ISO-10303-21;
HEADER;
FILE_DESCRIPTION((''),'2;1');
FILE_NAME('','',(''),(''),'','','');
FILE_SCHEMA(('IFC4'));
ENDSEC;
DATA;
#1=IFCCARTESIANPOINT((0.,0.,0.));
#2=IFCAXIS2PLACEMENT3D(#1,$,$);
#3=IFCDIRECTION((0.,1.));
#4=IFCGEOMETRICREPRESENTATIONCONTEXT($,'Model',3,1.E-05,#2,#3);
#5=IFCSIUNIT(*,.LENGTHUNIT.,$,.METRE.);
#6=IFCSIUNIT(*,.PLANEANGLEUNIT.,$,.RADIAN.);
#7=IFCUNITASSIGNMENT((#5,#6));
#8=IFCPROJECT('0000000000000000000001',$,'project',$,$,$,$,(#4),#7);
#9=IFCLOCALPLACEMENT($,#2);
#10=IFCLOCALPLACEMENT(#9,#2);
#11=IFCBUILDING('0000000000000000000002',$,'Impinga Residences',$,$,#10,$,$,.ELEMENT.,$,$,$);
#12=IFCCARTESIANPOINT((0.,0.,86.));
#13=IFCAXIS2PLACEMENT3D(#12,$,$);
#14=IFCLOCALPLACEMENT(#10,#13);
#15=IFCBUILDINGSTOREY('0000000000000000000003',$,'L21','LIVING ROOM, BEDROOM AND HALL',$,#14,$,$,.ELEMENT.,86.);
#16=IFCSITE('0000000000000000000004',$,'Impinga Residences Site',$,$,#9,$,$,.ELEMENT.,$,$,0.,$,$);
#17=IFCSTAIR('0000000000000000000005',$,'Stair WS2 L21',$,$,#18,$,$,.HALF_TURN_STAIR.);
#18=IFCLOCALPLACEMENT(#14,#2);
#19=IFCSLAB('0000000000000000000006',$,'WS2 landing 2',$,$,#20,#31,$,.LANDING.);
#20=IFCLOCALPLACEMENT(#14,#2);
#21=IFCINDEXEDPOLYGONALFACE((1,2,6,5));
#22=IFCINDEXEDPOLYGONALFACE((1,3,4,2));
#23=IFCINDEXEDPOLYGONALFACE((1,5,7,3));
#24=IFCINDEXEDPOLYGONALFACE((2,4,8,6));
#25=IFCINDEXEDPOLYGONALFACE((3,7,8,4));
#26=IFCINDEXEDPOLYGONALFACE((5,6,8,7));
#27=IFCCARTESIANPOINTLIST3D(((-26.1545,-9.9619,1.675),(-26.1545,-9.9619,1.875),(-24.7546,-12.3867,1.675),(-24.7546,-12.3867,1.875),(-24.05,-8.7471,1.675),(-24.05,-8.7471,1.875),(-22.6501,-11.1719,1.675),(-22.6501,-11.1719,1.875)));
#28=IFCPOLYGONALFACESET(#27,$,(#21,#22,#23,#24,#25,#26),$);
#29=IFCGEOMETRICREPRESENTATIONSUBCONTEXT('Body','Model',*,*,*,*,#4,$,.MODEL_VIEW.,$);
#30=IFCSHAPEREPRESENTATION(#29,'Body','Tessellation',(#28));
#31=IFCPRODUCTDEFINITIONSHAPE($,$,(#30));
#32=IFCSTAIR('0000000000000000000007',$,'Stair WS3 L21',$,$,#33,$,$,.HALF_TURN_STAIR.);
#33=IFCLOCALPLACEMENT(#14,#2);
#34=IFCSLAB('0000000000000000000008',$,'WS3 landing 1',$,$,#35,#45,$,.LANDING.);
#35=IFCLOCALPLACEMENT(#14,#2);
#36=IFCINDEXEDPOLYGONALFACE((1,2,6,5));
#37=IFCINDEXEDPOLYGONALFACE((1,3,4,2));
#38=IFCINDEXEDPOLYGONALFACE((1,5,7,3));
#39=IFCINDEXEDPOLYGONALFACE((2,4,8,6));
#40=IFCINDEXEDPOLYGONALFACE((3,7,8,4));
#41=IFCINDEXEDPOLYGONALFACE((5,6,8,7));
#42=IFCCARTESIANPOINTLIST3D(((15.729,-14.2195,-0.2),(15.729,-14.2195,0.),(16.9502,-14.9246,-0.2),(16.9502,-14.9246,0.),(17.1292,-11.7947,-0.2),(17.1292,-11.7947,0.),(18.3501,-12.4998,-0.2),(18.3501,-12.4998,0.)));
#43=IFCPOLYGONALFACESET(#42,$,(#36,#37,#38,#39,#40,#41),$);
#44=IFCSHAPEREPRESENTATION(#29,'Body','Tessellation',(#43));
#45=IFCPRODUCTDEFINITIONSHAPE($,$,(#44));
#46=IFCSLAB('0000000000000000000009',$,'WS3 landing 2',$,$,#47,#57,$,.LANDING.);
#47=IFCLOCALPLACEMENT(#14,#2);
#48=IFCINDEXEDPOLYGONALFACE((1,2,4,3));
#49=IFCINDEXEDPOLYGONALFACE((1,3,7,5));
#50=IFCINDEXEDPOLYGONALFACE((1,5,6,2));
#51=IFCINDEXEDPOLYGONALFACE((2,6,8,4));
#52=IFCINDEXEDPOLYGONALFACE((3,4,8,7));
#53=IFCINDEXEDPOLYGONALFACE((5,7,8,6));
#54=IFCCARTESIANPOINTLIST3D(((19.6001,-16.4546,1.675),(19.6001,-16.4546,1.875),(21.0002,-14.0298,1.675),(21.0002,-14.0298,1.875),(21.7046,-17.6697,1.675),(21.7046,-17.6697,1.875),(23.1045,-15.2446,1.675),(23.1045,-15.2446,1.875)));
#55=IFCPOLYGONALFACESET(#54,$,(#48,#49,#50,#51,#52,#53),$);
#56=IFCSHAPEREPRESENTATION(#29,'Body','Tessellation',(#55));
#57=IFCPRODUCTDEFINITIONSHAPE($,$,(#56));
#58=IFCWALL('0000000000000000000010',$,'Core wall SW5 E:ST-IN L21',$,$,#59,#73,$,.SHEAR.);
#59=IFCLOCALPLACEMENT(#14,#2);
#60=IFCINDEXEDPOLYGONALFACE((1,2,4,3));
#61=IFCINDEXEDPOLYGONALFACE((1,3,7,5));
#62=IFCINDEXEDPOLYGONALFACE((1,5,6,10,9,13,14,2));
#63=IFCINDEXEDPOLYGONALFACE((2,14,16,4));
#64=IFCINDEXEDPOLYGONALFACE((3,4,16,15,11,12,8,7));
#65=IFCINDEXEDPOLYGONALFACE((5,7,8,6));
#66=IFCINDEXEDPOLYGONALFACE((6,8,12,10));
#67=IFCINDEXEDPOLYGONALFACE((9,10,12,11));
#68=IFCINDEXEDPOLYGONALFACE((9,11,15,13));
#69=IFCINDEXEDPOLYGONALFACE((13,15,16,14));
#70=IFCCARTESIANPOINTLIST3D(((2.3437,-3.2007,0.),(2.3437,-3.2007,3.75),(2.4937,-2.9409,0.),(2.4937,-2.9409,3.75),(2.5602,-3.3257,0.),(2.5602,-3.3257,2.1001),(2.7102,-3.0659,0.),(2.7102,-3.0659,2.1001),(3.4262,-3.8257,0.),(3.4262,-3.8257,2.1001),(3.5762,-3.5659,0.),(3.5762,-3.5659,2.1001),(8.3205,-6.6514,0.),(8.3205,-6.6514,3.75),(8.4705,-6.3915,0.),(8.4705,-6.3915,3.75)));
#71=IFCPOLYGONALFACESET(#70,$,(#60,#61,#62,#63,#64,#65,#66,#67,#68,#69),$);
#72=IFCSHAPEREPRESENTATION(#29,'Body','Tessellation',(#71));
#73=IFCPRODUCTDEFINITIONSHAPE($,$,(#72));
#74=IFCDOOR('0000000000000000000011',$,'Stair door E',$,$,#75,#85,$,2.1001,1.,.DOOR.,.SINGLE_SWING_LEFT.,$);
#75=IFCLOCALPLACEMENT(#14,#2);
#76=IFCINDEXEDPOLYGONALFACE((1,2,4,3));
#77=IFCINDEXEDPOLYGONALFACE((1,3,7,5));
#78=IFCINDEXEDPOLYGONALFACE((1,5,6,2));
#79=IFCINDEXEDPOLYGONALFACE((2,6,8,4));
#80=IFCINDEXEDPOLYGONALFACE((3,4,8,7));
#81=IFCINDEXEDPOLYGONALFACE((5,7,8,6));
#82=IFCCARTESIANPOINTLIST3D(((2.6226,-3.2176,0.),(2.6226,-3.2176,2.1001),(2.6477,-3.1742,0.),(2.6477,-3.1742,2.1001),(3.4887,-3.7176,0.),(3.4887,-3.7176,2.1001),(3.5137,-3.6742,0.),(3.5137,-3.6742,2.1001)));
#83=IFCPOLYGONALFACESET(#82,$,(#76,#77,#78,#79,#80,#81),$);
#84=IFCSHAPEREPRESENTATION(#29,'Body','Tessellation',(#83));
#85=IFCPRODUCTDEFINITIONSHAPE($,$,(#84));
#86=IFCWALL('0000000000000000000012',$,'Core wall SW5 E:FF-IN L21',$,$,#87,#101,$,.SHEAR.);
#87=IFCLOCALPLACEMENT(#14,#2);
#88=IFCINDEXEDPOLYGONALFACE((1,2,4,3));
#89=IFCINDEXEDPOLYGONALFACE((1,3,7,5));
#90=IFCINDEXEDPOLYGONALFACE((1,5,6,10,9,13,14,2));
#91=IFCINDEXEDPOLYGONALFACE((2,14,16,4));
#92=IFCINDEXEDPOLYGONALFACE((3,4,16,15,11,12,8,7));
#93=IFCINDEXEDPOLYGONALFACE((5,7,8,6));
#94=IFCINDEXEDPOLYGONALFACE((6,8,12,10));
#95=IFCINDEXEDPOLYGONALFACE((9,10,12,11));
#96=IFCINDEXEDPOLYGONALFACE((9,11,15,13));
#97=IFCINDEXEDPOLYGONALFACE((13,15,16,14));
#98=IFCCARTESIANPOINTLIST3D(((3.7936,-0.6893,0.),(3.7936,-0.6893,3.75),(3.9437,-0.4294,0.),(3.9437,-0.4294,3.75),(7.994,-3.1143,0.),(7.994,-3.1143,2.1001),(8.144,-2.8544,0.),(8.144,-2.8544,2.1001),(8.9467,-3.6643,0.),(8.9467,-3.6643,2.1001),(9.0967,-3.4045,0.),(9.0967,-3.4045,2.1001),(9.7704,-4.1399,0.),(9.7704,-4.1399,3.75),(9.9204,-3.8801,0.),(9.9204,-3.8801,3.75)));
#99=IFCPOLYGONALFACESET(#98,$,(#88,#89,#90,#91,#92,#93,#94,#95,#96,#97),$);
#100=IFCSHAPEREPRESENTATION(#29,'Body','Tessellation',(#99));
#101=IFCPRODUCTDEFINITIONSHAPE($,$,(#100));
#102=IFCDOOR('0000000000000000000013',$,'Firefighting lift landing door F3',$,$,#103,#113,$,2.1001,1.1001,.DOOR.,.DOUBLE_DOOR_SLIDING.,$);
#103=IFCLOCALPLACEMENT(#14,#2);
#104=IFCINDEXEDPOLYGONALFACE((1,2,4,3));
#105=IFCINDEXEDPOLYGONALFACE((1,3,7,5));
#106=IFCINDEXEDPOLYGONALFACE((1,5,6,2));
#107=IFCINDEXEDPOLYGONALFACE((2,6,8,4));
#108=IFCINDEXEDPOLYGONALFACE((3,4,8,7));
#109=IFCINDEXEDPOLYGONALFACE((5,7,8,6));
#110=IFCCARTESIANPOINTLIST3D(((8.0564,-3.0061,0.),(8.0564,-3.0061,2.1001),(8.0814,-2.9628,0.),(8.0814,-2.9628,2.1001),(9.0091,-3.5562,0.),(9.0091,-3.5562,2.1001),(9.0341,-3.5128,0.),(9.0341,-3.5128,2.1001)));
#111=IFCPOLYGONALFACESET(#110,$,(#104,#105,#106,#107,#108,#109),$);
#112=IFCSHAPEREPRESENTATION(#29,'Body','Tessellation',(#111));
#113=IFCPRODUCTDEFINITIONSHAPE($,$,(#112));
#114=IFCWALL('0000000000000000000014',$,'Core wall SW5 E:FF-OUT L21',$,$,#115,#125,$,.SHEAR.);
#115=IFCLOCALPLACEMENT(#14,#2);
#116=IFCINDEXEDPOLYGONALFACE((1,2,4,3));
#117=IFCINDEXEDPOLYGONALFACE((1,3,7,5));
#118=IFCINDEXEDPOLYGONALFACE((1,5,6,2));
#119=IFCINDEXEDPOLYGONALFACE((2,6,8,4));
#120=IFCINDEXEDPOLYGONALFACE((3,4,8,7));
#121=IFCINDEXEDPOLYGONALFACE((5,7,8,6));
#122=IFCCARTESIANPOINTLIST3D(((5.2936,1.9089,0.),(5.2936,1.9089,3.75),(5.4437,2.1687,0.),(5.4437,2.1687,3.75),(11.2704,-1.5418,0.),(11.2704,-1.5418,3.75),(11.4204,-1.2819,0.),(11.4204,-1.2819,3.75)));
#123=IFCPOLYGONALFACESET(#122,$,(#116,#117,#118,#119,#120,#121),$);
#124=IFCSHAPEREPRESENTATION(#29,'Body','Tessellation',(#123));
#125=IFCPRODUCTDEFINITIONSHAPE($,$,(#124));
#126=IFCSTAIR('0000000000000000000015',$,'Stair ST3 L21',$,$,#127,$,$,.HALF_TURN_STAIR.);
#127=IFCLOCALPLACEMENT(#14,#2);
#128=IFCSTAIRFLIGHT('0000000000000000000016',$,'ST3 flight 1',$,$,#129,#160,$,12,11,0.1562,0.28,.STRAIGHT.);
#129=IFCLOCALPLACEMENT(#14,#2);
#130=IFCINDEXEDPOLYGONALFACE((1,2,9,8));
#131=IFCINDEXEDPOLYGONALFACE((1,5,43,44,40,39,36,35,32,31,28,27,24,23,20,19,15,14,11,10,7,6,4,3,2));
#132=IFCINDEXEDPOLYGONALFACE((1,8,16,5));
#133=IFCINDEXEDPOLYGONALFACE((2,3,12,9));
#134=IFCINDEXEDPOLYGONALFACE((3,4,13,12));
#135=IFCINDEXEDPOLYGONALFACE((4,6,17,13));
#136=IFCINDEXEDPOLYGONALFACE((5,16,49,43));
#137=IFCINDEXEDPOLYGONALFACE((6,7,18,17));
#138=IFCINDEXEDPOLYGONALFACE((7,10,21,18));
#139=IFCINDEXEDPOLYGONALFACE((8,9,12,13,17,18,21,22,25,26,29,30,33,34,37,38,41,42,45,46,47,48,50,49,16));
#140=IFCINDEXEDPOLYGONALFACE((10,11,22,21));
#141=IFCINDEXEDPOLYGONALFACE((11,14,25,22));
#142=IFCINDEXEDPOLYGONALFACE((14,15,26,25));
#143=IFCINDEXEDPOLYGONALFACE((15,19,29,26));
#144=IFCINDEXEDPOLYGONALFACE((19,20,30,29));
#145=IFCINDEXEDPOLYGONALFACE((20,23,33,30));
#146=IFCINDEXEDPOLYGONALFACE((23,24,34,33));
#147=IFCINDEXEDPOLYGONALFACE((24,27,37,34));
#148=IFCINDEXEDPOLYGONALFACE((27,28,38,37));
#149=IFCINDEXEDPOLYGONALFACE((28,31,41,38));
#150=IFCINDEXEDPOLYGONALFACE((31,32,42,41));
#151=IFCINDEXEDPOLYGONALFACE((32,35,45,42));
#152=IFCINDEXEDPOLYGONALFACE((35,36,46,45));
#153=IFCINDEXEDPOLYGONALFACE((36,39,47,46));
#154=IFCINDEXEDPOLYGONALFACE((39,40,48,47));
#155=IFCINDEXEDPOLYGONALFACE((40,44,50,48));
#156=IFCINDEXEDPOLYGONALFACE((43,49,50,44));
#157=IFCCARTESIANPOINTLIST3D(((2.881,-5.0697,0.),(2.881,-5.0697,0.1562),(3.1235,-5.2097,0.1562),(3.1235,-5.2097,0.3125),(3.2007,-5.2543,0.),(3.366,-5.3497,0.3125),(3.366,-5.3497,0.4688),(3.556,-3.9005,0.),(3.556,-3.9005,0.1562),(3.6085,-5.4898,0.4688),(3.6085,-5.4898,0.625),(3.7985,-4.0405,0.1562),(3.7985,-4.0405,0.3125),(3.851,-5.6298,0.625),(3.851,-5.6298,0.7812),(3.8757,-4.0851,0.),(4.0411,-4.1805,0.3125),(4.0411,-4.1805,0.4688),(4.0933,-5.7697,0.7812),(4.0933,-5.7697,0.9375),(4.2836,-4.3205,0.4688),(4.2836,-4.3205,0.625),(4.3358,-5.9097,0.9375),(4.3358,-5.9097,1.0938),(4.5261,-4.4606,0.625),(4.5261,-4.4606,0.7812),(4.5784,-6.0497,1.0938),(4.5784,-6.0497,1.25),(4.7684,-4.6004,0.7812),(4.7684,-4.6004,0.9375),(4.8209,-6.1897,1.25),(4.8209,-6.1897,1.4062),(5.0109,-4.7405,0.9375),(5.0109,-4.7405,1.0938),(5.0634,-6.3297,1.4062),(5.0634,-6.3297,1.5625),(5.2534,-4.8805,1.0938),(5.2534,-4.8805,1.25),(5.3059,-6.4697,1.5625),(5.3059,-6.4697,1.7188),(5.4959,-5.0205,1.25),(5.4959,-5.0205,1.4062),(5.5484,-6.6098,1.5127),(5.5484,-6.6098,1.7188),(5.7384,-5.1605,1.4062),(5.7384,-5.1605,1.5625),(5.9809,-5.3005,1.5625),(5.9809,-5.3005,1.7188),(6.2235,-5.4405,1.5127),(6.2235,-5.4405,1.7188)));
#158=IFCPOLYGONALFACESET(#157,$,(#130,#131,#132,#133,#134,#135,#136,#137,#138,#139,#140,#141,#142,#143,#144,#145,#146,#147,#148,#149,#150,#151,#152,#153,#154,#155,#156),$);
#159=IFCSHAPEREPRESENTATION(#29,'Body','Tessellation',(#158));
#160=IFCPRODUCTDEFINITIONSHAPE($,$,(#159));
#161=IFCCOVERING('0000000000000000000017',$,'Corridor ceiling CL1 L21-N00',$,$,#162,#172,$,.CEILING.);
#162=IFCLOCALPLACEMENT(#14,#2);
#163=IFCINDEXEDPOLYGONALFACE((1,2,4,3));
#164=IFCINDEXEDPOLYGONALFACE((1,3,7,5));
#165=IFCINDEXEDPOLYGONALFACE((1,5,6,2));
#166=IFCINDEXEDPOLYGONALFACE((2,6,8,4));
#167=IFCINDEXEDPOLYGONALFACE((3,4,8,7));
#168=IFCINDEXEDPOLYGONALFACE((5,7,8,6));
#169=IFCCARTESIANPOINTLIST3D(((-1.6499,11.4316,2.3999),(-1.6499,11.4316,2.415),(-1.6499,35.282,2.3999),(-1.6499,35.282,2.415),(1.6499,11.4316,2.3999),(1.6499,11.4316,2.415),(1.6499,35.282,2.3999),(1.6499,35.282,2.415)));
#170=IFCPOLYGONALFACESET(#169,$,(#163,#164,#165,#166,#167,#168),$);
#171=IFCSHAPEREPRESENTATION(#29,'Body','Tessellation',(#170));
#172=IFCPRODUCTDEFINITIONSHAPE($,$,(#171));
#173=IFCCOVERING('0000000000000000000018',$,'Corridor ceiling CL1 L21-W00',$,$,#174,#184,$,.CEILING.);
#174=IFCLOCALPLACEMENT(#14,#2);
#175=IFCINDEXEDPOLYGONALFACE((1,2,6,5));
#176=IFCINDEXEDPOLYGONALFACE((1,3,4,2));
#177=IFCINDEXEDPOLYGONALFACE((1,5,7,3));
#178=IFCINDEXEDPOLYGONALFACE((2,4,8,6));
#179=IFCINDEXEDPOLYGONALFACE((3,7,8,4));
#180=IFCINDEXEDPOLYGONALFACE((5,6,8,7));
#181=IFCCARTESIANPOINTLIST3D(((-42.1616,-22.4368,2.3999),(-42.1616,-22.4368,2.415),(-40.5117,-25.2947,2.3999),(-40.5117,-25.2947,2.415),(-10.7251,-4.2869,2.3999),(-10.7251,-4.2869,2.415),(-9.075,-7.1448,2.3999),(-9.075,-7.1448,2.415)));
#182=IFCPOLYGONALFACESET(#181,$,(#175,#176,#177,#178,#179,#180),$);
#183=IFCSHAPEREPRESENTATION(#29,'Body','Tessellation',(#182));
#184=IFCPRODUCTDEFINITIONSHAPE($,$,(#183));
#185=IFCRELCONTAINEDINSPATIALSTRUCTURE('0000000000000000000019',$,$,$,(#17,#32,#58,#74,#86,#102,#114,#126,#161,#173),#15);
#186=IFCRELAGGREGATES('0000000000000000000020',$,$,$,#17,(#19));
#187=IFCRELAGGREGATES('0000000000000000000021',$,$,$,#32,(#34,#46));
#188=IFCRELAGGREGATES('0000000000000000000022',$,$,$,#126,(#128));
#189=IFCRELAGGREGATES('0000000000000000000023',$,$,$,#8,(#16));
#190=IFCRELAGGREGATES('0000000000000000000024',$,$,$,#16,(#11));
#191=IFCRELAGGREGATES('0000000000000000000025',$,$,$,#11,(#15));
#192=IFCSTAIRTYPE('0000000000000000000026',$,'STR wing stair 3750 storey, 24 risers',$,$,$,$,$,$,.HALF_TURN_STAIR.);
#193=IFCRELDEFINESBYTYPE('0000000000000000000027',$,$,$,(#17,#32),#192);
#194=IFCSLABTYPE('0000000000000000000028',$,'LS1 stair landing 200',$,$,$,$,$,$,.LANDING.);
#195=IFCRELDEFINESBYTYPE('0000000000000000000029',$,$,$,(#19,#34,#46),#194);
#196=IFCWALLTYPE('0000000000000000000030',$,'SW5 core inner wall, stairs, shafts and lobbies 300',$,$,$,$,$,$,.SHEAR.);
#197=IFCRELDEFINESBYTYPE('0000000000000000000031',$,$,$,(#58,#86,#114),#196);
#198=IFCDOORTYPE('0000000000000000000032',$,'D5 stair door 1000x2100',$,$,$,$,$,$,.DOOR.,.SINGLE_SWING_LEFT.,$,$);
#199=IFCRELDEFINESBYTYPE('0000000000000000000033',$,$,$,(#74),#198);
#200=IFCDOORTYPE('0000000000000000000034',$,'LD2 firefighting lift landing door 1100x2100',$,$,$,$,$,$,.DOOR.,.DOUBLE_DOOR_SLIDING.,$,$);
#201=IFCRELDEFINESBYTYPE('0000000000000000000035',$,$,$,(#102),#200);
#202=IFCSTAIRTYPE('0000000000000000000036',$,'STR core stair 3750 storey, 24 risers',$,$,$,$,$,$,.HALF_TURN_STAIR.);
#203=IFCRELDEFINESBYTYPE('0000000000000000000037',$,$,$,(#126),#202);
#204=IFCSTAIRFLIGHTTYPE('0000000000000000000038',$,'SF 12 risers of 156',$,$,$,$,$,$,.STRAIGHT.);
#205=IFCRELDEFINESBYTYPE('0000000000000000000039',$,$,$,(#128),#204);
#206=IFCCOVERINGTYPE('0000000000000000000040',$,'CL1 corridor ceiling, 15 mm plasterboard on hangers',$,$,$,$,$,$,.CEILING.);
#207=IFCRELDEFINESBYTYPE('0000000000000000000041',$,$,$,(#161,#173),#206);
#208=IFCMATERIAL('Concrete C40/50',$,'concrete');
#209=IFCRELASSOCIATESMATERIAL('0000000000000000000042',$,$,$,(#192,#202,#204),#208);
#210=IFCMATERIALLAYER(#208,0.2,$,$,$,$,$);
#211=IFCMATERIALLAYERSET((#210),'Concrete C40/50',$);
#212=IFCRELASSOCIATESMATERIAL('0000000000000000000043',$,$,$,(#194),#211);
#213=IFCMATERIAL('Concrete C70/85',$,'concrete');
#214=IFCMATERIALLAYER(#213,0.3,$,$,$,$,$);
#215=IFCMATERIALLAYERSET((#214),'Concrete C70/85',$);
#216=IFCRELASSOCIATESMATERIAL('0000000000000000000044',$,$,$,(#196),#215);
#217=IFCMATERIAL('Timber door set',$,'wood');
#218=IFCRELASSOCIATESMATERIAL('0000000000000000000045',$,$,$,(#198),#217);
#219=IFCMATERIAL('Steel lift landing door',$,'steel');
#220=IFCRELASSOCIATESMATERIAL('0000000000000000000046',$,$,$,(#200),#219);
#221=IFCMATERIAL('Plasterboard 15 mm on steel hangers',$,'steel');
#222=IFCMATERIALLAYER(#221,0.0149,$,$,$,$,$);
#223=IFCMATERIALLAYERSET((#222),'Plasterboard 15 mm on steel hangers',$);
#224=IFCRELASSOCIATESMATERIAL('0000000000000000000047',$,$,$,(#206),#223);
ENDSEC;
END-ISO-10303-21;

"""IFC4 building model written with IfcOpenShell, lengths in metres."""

from ifc_helpers import new_model, si_unit, direction, frame, frame_2d, origin, place, context, subcontext, project, spatial, polyline, rectangle, outline, extrude, material, layer, layer_set, type_object, element, fill, aggregate, save


model = new_model("IFC4")

# Units and contexts
model_context = context("Model", 3, precision=1e-05, world=origin(), true_north=direction((0.0, 1.0)))
body_context = subcontext(model_context, "Body", "Model", "MODEL_VIEW")
ifc_project = project(units=[si_unit("LENGTHUNIT", "METRE"), si_unit("PLANEANGLEUNIT", "RADIAN")], contexts=[model_context])

# Site, building, storey
site_placement = place(None, origin())
site = spatial("IfcSite", under=ifc_project, at=site_placement, Name="Impinga Residences Site", CompositionType="ELEMENT", RefElevation=0.0)
building_placement = place(site_placement, origin())
building = spatial("IfcBuilding", under=site, at=building_placement, Name="Impinga Residences", CompositionType="ELEMENT")
storey_placement = place(building_placement, frame((0.0, 0.0, 86.0)))
storey = spatial("IfcBuildingStorey", under=building, at=storey_placement, Name="L21", Description="LIVING ROOM, BEDROOM AND HALL", CompositionType="ELEMENT", Elevation=86.0)

# Stair, slab
ifc_material_1 = material(Name="Concrete C40/50", Category="concrete")
stair_type_1 = type_object("IfcStairType", Name="STR wing stair 3750 storey, 24 risers", PredefinedType="HALF_TURN_STAIR", material=ifc_material_1)
stair_1_placement = place(storey_placement, origin())
stair_1 = element("IfcStair", 1, at=stair_1_placement, inside=storey, type_object=stair_type_1, Name="Stair WS2 L21", PredefinedType="HALF_TURN_STAIR")
ifc_layer_1 = layer(ifc_material_1, 0.2)
ifc_layer_set_1 = layer_set([ifc_layer_1], Name="Concrete C40/50")
slab_type = type_object("IfcSlabType", Name="LS1 stair landing 200", PredefinedType="LANDING", material=ifc_layer_set_1)
slab_1_placement = place(storey_placement, frame((0.0, 0.0, 1.675)))
slab_1 = element("IfcSlab", 2, at=slab_1_placement, type_object=slab_type, Name="WS2 landing 2", PredefinedType="LANDING", context=body_context, shape_type="SweptSolid", body=[
    extrude(outline(polyline([(-22.6501, -11.1719), (-24.05, -8.7471), (-26.1545, -9.9619), (-24.7546, -12.3867), (-22.6501, -11.1719)])), origin(), (0.0, 0.0, 1.0), 0.2),
])
aggregate(stair_1, [slab_1])

# Stair, slabs
stair_2_placement = place(storey_placement, origin())
stair_2 = element("IfcStair", 3, at=stair_2_placement, inside=storey, type_object=stair_type_1, Name="Stair WS3 L21", PredefinedType="HALF_TURN_STAIR")
slab_2_placement = place(storey_placement, frame((0.0, 0.0, -0.2)))
slab_2 = element("IfcSlab", 4, at=slab_2_placement, type_object=slab_type, Name="WS3 landing 1", PredefinedType="LANDING", context=body_context, shape_type="SweptSolid", body=[
    extrude(outline(polyline([(17.1292, -11.7947), (15.729, -14.2195), (16.9502, -14.9246), (18.3501, -12.4998), (17.1292, -11.7947)])), origin(), (0.0, 0.0, 1.0), 0.2),
])
slab_3_placement = place(storey_placement, frame((0.0, 0.0, 1.675)))
slab_3 = element("IfcSlab", 5, at=slab_3_placement, type_object=slab_type, Name="WS3 landing 2", PredefinedType="LANDING", context=body_context, shape_type="SweptSolid", body=[
    extrude(outline(polyline([(21.0002, -14.0298), (19.6001, -16.4546), (21.7046, -17.6697), (23.1045, -15.2446), (21.0002, -14.0298)])), origin(), (0.0, 0.0, 1.0), 0.2),
])
aggregate(stair_2, [slab_2, slab_3])

# Walls, openings, doors
ifc_material_2 = material(Name="Concrete C70/85", Category="concrete")
ifc_layer_2 = layer(ifc_material_2, 0.3)
ifc_layer_set_2 = layer_set([ifc_layer_2], Name="Concrete C70/85")
wall_type = type_object("IfcWallType", Name="SW5 core inner wall, stairs, shafts and lobbies 300", PredefinedType="SHEAR", material=ifc_layer_set_2)
wall_1_placement = place(storey_placement, frame((2.4187, -3.0708, 0.0), z_axis=(0.0, 0.0, 1.0), x_axis=(0.866027, -0.499997, 0.0)))
wall_1 = element("IfcWall", 6, at=wall_1_placement, inside=storey, type_object=wall_type, Name="Core wall SW5 E:ST-IN L21", PredefinedType="SHEAR", context=body_context, shape_type="SweptSolid", body=[
    extrude(rectangle(XDim=6.9014, YDim=0.3, at=frame_2d((3.4507, 0.0))), origin(), (0.0, 0.0, 1.0), 3.75),
])
opening_1_placement = place(wall_1_placement, frame((0.25, 0.0, 0.0)))
opening_1 = element("IfcOpeningElement", 7, at=opening_1_placement, cuts=wall_1, PredefinedType="OPENING", context=body_context, shape_type="SweptSolid", body=[
    extrude(rectangle(XDim=1.0, YDim=2.1001, at=frame_2d((0.5, 1.05))), frame((0.0, 0.1599, 0.0), z_axis=(0.0, -1.0, 0.0), x_axis=(1.0, 0.0, 0.0)), (0.0, 0.0, 1.0), 0.3201),
])
ifc_material_3 = material(Name="Timber door set", Category="wood")
door_type_1 = type_object("IfcDoorType", Name="D5 stair door 1000x2100", OperationType="SINGLE_SWING_LEFT", PredefinedType="DOOR", material=ifc_material_3)
door_1_placement = place(opening_1_placement, origin())
door_1 = element("IfcDoor", 8, at=door_1_placement, inside=storey, type_object=door_type_1, Name="Stair door E", OperationType="SINGLE_SWING_LEFT", OverallHeight=2.1001, OverallWidth=1.0, PredefinedType="DOOR", context=body_context, shape_type="SweptSolid", body=[
    extrude(rectangle(XDim=1.0, YDim=2.1001, at=frame_2d((0.5, 1.05))), frame((0.0, 0.0249, 0.0), z_axis=(0.0, -1.0, 0.0), x_axis=(1.0, 0.0, 0.0)), (0.0, 0.0, 1.0), 0.05),
])
fill(opening_1, door_1)
wall_2_placement = place(storey_placement, frame((3.8687, -0.5593, 0.0), z_axis=(0.0, 0.0, 1.0), x_axis=(0.866027, -0.499997, 0.0)))
wall_2 = element("IfcWall", 9, at=wall_2_placement, inside=storey, type_object=wall_type, Name="Core wall SW5 E:FF-IN L21", PredefinedType="SHEAR", context=body_context, shape_type="SweptSolid", body=[
    extrude(rectangle(XDim=6.9014, YDim=0.3, at=frame_2d((3.4507, 0.0))), origin(), (0.0, 0.0, 1.0), 3.75),
])
opening_2_placement = place(wall_2_placement, frame((4.8501, 0.0, 0.0)))
opening_2 = element("IfcOpeningElement", 10, at=opening_2_placement, cuts=wall_2, PredefinedType="OPENING", context=body_context, shape_type="SweptSolid", body=[
    extrude(rectangle(XDim=1.1001, YDim=2.1001, at=frame_2d((0.55, 1.05))), frame((0.0, 0.1599, 0.0), z_axis=(0.0, -1.0, 0.0), x_axis=(1.0, 0.0, 0.0)), (0.0, 0.0, 1.0), 0.3201),
])
ifc_material_4 = material(Name="Steel lift landing door", Category="steel")
door_type_2 = type_object("IfcDoorType", Name="LD2 firefighting lift landing door 1100x2100", OperationType="DOUBLE_DOOR_SLIDING", PredefinedType="DOOR", material=ifc_material_4)
door_2_placement = place(opening_2_placement, origin())
door_2 = element("IfcDoor", 11, at=door_2_placement, inside=storey, type_object=door_type_2, Name="Firefighting lift landing door F3", OperationType="DOUBLE_DOOR_SLIDING", OverallHeight=2.1001, OverallWidth=1.1001, PredefinedType="DOOR", context=body_context, shape_type="SweptSolid", body=[
    extrude(rectangle(XDim=1.1001, YDim=2.1001, at=frame_2d((0.55, 1.05))), frame((0.0, 0.0249, 0.0), z_axis=(0.0, -1.0, 0.0), x_axis=(1.0, 0.0, 0.0)), (0.0, 0.0, 1.0), 0.05),
])
fill(opening_2, door_2)

# Wall
wall_3_placement = place(storey_placement, frame((5.3687, 2.0388, 0.0), z_axis=(0.0, 0.0, 1.0), x_axis=(0.866027, -0.499997, 0.0)))
element("IfcWall", 12, at=wall_3_placement, inside=storey, type_object=wall_type, Name="Core wall SW5 E:FF-OUT L21", PredefinedType="SHEAR", context=body_context, shape_type="SweptSolid", body=[
    extrude(rectangle(XDim=6.9014, YDim=0.3, at=frame_2d((3.4507, 0.0))), origin(), (0.0, 0.0, 1.0), 3.75),
])

# Stair, stair flight
stair_type_2 = type_object("IfcStairType", Name="STR core stair 3750 storey, 24 risers", PredefinedType="HALF_TURN_STAIR", material=ifc_material_1)
stair_3_placement = place(storey_placement, origin())
stair_3 = element("IfcStair", 13, at=stair_3_placement, inside=storey, type_object=stair_type_2, Name="Stair ST3 L21", PredefinedType="HALF_TURN_STAIR")
stair_flight_type = type_object("IfcStairFlightType", Name="SF 12 risers of 156", PredefinedType="STRAIGHT", material=ifc_material_1)
stair_flight_placement = place(storey_placement, frame((3.2185, -4.4851, 0.0), z_axis=(0.0, 0.0, 1.0), x_axis=(0.866025, -0.5, 0.0)))
stair_flight = element("IfcStairFlight", 14, at=stair_flight_placement, type_object=stair_flight_type, Name="ST3 flight 1", NumberOfRisers=12, NumberOfTreads=11, PredefinedType="STRAIGHT", RiserHeight=0.1562, TreadLength=0.28, context=body_context, shape_type="SweptSolid", body=[
    extrude(outline(polyline([(0.0, 0.0), (0.0, 0.1562), (0.28, 0.1562), (0.28, 0.3125), (0.5601, 0.3125), (0.5601, 0.4688), (0.8401, 0.4688), (0.8401, 0.625), (1.1201, 0.625), (1.1201, 0.7812), (1.3999, 0.7812), (1.3999, 0.9375), (1.6799, 0.9375), (1.6799, 1.0938), (1.96, 1.0938), (1.96, 1.25), (2.24, 1.25), (2.24, 1.4062), (2.52, 1.4062), (2.52, 1.5625), (2.8, 1.5625), (2.8, 1.7188), (3.0801, 1.7188), (3.0801, 1.875), (3.0801, 1.5127), (0.3691, 0.0), (0.0, 0.0)])), frame((0.0, 0.675, 0.0), z_axis=(0.0, -1.0, 0.0), x_axis=(1.0, 0.0, 0.0)), (0.0, 0.0, 1.0), 1.3501),
])
aggregate(stair_3, [stair_flight])

# Coverings
ifc_material_5 = material(Name="Plasterboard 15 mm on steel hangers", Category="steel")
ifc_layer_3 = layer(ifc_material_5, 0.0149)
ifc_layer_set_3 = layer_set([ifc_layer_3], Name="Plasterboard 15 mm on steel hangers")
covering_type_1 = type_object("IfcCoveringType", Name="CL1 corridor ceiling, 15 mm plasterboard on hangers", PredefinedType="CEILING", material=ifc_layer_set_3)
covering_1_placement = place(storey_placement, frame((0.0, 0.0, 2.3999)))
element("IfcCovering", 15, at=covering_1_placement, inside=storey, type_object=covering_type_1, Name="Corridor ceiling CL1 L21-N00", PredefinedType="CEILING", context=body_context, shape_type="SweptSolid", body=[
    extrude(outline(polyline([(1.6499, 11.4316), (-1.6499, 11.4316), (-1.6499, 35.282), (1.6499, 35.282), (1.6499, 11.4316)])), origin(), (0.0, 0.0, 1.0), 0.0151),
])
covering_2_placement = place(storey_placement, frame((0.0, 0.0, 2.3999)))
element("IfcCovering", 16, at=covering_2_placement, inside=storey, type_object=covering_type_1, Name="Corridor ceiling CL1 L21-W00", PredefinedType="CEILING", context=body_context, shape_type="SweptSolid", body=[
    extrude(outline(polyline([(-9.075, -7.1448), (-10.7251, -4.2869), (-42.1616, -22.4368), (-40.5117, -25.2947), (-9.075, -7.1448)])), origin(), (0.0, 0.0, 1.0), 0.0151),
])

save(model, "model.ifc")
